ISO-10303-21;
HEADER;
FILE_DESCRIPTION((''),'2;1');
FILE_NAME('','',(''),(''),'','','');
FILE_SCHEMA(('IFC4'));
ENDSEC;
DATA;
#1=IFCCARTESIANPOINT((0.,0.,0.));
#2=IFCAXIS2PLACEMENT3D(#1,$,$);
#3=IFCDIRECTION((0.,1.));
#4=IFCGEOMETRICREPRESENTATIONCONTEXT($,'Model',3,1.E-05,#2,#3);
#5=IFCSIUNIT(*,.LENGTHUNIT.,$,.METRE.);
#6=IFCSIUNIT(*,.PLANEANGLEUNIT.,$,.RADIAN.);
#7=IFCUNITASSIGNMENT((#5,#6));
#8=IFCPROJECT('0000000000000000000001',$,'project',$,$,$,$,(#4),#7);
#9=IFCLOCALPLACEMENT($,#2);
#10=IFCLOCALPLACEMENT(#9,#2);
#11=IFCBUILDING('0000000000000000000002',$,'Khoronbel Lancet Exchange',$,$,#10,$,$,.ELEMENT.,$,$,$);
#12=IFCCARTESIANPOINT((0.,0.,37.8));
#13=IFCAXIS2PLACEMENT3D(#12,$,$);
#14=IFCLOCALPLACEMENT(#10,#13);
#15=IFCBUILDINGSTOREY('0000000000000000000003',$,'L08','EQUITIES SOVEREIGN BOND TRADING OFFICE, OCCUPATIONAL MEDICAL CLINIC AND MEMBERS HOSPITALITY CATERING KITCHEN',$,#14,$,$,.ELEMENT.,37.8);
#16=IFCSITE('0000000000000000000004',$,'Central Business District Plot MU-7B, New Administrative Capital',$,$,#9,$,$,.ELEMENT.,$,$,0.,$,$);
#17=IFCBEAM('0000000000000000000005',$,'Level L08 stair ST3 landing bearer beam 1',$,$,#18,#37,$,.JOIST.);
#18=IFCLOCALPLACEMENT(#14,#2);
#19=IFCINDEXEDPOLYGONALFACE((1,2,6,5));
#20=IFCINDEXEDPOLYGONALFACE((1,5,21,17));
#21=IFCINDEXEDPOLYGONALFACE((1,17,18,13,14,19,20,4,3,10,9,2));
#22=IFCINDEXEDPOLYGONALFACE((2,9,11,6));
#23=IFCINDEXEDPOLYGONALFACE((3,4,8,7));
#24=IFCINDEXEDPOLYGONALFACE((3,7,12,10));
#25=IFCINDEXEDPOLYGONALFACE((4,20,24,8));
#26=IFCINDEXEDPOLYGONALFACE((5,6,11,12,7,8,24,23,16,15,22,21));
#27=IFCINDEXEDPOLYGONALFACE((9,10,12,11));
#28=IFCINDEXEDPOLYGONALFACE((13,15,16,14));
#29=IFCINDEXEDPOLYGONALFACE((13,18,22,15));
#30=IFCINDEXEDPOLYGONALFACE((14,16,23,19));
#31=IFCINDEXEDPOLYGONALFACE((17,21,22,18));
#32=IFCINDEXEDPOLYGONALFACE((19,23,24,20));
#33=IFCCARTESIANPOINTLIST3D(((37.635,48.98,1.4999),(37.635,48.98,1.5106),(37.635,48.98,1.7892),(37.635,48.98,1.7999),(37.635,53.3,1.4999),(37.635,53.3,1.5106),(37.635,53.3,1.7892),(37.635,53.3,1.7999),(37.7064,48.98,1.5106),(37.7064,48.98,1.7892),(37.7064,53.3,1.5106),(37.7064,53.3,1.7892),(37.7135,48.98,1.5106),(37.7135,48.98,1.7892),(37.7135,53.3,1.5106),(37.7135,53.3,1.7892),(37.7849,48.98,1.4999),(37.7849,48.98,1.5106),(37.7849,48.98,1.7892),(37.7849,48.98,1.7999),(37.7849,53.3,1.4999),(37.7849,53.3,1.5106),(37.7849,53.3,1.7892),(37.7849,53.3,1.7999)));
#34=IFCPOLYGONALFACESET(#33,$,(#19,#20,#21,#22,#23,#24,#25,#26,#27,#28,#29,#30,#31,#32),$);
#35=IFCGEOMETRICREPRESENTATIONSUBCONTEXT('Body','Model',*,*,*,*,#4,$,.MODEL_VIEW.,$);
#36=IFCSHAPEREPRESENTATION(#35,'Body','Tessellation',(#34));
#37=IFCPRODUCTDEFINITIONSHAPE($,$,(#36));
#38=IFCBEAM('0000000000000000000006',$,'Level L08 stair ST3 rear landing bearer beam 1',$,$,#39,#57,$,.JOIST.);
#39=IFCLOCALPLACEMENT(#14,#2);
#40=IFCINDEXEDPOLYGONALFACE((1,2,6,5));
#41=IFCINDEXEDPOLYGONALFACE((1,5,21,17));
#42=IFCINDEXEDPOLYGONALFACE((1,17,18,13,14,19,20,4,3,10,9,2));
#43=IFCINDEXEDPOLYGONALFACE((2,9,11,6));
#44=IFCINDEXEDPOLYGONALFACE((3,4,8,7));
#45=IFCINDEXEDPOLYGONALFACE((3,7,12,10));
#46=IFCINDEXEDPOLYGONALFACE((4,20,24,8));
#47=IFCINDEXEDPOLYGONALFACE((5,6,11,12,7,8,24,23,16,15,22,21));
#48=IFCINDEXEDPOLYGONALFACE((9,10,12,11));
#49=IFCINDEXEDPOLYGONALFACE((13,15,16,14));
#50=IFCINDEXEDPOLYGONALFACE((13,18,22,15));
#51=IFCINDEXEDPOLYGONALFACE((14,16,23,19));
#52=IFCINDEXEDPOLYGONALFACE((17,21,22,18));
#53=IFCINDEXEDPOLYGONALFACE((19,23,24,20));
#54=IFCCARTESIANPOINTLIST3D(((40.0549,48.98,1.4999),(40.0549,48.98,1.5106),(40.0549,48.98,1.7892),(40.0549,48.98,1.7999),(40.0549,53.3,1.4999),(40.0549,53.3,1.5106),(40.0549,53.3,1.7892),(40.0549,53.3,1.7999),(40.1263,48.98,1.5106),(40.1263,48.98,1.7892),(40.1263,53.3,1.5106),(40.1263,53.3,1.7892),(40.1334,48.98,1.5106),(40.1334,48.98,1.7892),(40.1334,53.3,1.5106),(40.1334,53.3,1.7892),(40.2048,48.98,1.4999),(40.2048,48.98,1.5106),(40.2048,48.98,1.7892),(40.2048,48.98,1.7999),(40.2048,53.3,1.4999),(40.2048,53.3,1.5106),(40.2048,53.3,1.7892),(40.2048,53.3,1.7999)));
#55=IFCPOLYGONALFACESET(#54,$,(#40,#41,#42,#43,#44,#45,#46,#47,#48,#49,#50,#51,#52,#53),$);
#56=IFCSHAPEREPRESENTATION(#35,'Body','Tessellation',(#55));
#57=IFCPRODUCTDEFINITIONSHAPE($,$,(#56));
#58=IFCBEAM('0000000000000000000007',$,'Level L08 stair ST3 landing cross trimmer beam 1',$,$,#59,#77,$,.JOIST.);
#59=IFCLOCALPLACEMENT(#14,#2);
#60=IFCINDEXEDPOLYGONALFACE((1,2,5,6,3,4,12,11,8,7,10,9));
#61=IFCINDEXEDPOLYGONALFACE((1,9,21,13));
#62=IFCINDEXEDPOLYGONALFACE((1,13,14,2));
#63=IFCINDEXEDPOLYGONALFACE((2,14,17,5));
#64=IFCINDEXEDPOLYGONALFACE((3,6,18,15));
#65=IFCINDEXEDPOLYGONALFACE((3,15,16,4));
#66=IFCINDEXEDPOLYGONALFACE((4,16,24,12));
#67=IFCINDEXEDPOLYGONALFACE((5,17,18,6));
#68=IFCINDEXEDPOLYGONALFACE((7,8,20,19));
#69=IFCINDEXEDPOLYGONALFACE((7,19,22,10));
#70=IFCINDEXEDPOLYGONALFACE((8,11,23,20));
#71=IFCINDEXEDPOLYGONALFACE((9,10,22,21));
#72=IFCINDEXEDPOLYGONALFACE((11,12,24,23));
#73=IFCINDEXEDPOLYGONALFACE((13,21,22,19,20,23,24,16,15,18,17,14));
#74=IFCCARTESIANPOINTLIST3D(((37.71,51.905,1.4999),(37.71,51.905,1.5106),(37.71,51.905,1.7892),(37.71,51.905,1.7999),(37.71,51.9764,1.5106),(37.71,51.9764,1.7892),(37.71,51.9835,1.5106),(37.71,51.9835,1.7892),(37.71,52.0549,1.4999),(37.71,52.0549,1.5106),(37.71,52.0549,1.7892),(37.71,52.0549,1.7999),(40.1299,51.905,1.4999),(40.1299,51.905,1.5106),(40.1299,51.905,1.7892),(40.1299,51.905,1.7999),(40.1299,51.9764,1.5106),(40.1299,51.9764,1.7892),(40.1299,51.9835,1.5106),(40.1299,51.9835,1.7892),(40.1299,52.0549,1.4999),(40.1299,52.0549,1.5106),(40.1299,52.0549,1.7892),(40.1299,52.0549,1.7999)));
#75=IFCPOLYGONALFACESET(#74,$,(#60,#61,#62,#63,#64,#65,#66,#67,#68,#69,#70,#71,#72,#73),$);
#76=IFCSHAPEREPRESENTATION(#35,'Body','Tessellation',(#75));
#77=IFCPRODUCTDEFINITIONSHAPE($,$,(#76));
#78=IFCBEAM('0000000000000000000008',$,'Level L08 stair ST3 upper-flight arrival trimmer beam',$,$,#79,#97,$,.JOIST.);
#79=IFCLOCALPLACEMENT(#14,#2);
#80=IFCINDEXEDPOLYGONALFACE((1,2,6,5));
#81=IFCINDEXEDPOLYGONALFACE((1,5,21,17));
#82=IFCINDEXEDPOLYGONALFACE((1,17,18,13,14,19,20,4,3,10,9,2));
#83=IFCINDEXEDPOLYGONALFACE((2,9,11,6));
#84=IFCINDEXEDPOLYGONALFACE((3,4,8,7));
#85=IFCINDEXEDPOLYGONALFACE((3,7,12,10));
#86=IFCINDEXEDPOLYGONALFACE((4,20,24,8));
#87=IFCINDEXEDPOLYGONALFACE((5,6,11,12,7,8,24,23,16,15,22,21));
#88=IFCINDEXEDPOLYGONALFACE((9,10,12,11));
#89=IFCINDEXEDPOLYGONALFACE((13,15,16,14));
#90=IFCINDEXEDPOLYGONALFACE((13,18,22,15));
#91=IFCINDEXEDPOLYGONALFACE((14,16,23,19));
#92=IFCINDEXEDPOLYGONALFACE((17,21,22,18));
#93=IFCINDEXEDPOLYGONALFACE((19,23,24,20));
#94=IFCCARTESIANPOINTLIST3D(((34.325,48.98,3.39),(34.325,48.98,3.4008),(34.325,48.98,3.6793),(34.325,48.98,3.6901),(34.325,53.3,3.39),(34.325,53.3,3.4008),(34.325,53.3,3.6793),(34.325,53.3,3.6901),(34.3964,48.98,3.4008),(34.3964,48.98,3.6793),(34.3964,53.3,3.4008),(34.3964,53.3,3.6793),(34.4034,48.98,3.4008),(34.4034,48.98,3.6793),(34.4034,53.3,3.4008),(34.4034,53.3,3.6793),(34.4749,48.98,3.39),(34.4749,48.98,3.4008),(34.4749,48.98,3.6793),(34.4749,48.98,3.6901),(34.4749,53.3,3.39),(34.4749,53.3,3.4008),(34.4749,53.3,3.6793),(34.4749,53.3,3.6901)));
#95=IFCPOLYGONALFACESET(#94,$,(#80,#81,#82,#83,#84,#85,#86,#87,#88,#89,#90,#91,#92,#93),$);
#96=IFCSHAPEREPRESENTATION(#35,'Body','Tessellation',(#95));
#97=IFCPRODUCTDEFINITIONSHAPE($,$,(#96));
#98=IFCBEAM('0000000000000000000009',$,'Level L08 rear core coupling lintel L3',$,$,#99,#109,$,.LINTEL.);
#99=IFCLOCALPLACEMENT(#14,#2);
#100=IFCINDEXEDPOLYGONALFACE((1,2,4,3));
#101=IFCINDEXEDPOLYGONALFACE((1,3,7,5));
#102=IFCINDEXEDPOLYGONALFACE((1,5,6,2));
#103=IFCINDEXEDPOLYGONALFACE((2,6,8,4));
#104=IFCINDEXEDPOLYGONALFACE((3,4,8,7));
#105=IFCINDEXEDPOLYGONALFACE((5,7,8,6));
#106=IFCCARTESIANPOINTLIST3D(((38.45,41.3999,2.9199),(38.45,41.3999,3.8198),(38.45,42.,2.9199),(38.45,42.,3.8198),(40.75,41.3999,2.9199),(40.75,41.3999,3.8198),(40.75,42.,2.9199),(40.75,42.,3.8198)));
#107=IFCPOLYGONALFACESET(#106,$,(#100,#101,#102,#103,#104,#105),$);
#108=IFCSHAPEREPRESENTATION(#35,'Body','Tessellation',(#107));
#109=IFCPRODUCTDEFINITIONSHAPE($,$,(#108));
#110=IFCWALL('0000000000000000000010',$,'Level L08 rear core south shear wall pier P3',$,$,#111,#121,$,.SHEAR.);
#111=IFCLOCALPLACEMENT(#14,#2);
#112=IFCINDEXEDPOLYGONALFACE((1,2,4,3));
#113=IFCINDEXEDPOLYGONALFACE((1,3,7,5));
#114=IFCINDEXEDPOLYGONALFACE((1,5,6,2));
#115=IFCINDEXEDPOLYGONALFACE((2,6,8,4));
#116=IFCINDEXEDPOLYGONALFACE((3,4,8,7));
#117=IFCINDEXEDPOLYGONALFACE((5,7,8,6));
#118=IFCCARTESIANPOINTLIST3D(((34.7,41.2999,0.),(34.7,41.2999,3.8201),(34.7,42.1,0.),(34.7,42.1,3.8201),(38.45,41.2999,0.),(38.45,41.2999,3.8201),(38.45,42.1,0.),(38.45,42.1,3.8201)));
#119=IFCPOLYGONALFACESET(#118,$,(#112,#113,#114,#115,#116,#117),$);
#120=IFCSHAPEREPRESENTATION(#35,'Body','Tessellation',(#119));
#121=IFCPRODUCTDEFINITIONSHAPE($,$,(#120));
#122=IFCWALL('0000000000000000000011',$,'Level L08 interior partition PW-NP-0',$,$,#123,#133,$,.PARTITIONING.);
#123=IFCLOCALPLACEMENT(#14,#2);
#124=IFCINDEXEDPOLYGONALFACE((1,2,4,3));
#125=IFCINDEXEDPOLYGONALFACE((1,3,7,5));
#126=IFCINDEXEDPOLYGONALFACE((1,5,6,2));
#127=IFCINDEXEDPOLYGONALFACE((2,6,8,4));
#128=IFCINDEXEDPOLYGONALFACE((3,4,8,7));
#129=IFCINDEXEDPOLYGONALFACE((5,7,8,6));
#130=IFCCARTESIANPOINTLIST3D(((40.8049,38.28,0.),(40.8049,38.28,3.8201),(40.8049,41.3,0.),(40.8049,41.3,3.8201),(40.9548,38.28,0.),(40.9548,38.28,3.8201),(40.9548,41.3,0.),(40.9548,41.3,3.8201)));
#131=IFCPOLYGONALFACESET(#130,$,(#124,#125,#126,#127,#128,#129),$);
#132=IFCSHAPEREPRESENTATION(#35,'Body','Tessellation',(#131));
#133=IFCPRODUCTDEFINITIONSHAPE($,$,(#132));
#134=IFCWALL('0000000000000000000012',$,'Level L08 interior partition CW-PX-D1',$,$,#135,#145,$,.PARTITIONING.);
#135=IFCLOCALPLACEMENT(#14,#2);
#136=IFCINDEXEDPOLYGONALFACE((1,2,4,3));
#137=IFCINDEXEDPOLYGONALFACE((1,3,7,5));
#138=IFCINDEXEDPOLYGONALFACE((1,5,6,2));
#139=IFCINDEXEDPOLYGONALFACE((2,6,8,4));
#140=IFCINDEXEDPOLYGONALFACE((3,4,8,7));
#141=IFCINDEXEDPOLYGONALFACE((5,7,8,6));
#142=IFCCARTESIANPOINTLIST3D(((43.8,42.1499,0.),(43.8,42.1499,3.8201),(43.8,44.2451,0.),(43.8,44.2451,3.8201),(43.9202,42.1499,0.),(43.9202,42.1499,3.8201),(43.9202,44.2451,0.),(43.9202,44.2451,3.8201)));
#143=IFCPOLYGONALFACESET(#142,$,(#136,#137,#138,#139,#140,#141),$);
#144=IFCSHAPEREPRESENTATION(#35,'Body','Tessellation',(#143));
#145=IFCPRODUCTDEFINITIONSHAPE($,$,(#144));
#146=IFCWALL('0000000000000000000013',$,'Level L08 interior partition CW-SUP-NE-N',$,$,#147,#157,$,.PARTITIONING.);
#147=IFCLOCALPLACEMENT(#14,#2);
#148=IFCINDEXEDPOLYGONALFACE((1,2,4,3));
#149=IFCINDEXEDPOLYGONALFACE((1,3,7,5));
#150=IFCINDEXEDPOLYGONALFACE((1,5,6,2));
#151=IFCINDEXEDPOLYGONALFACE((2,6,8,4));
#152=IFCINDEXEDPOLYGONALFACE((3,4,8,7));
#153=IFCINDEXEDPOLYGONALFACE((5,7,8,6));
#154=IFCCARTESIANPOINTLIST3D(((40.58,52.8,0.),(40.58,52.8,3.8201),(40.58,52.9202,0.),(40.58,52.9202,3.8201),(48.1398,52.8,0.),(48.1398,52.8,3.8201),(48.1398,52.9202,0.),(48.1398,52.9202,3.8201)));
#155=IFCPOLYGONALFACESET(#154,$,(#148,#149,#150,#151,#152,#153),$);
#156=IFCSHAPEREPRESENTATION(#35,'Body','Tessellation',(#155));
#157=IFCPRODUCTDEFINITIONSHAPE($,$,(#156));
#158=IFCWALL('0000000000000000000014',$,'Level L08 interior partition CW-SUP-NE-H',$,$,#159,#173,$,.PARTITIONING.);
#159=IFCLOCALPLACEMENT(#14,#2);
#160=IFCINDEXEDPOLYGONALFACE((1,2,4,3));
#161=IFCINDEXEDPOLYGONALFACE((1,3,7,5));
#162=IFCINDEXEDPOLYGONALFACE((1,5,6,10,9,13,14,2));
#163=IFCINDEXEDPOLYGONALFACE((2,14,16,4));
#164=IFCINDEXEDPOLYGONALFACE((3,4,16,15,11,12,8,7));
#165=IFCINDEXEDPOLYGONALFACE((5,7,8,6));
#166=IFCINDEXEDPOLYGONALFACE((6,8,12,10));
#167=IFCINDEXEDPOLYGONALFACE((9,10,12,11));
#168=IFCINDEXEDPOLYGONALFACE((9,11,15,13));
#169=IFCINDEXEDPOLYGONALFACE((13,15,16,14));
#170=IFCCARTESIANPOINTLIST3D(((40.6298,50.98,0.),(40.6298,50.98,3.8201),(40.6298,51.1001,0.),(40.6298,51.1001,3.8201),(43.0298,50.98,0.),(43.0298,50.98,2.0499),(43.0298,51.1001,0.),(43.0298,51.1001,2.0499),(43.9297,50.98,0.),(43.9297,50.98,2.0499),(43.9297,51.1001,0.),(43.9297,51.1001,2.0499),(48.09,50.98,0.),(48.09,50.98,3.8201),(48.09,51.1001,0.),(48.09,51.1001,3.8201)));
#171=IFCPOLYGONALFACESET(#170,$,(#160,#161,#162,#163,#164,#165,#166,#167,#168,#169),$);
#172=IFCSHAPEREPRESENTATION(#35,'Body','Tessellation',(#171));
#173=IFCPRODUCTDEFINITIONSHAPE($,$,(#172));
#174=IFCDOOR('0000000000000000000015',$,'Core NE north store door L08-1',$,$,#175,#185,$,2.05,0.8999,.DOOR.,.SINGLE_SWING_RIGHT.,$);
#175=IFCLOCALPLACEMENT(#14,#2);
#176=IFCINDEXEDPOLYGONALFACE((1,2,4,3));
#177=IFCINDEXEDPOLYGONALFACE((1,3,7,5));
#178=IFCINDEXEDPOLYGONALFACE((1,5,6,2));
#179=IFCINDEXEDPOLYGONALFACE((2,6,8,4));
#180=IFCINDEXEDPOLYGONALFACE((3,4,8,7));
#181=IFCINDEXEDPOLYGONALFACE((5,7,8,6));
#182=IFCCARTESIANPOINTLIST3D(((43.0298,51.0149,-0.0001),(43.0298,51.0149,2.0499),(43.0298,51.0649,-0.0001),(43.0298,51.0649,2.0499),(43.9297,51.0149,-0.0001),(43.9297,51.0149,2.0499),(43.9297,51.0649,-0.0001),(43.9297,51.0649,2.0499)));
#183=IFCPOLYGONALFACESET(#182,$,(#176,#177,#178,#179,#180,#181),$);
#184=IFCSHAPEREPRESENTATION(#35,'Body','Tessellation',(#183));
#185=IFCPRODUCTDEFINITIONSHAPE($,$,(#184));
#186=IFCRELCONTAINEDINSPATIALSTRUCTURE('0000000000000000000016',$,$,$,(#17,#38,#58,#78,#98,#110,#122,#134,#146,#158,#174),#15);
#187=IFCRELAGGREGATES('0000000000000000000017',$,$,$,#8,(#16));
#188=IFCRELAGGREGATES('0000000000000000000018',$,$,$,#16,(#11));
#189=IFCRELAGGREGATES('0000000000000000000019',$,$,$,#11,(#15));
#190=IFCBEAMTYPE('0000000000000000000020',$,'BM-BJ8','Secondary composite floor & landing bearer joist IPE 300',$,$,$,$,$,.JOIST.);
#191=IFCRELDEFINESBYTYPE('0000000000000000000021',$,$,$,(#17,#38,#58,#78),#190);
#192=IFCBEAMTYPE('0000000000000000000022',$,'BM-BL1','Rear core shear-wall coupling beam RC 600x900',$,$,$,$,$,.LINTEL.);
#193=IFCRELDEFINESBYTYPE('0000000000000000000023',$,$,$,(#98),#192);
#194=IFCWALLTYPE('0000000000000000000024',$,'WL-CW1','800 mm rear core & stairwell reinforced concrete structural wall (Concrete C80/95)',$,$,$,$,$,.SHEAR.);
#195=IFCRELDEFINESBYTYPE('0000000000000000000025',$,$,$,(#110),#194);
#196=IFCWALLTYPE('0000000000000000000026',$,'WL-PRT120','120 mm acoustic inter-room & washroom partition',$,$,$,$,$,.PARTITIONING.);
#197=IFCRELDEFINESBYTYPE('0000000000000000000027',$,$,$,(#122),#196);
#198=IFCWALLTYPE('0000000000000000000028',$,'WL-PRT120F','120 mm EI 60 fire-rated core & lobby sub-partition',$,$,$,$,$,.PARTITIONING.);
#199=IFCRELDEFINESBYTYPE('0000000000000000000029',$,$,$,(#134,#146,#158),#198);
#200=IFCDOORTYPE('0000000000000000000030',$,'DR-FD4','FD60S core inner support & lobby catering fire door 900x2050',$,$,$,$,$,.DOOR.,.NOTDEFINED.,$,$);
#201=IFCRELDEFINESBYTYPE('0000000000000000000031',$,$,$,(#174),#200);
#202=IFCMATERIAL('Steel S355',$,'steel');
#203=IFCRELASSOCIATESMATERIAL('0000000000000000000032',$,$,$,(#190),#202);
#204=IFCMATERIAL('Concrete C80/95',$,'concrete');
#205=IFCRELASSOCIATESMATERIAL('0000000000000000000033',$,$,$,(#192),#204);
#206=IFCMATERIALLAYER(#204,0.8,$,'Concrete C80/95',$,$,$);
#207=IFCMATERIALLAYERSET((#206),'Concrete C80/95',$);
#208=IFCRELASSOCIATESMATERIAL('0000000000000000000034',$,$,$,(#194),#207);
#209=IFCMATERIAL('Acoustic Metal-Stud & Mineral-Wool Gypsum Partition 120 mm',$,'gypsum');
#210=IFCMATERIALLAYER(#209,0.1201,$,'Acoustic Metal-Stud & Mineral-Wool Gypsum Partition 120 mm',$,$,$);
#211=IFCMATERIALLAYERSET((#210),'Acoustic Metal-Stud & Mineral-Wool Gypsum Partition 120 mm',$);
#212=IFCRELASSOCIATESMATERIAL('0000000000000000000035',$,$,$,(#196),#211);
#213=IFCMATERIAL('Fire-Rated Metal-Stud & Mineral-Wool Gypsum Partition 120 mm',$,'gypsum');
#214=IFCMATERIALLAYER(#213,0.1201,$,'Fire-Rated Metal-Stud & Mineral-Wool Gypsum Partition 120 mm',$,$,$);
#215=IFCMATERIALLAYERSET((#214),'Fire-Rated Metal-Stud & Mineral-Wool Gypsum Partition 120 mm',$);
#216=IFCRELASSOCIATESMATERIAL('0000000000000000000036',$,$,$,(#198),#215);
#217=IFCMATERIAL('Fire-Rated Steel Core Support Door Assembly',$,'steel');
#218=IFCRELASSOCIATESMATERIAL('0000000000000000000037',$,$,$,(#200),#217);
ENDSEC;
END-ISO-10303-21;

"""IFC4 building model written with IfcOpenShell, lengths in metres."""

from ifc_helpers import new_model, si_unit, direction, frame, frame_2d, origin, origin_2d, place, context, subcontext, project, spatial, rectangle, i_section, extrude, material, layer, layer_set, material_profile, profile_set, type_object, element, fill, save


model = new_model("IFC4")

# Units and contexts
model_context = context("Model", 3, precision=1e-05, world=origin(), true_north=direction((0.0, 1.0)))
body_context = subcontext(model_context, "Body", "Model", "MODEL_VIEW")
ifc_project = project(units=[si_unit("LENGTHUNIT", "METRE"), si_unit("PLANEANGLEUNIT", "RADIAN")], contexts=[model_context])

# Site, building, storey
site_placement = place(None, origin())
site = spatial("IfcSite", under=ifc_project, at=site_placement, Name="Central Business District Plot MU-7B, New Administrative Capital", CompositionType="ELEMENT", RefElevation=0.0)
building_placement = place(site_placement, origin())
building = spatial("IfcBuilding", under=site, at=building_placement, Name="Khoronbel Lancet Exchange", CompositionType="ELEMENT")
storey_placement = place(building_placement, frame((0.0, 0.0, 37.8)))
storey = spatial("IfcBuildingStorey", under=building, at=storey_placement, Name="L08", Description="EQUITIES SOVEREIGN BOND TRADING OFFICE, OCCUPATIONAL MEDICAL CLINIC AND MEMBERS HOSPITALITY CATERING KITCHEN", CompositionType="ELEMENT", Elevation=37.8)

# Beams
ifc_material_1 = material(Name="Steel S355", Category="steel")
ifc_material_profile_1 = material_profile(ifc_material_1, i_section(OverallWidth=0.1499, OverallDepth=0.3, WebThickness=0.0071, FlangeThickness=0.0107, at=origin_2d()), Name="IPE 300")
ifc_profile_set_1 = profile_set([ifc_material_profile_1], Name="Steel S355")
beam_type_1 = type_object("IfcBeamType", Name="BM-BJ8", Description="Secondary composite floor & landing bearer joist IPE 300", PredefinedType="JOIST", material=ifc_profile_set_1)
for number, where, z_axis, x_axis, name in (
    (1, (37.71, 48.98, 1.6499), (0.0, 1.0, 0.0), (-1.0, 0.0, 0.0), "Level L08 stair ST3 landing bearer beam 1"),
    (2, (40.1299, 48.98, 1.6499), (0.0, 1.0, 0.0), (-1.0, 0.0, 0.0), "Level L08 stair ST3 rear landing bearer beam 1"),
):
    element("IfcBeam", number, at=place(storey_placement, frame(where, z_axis=z_axis, x_axis=x_axis)), inside=storey, type_object=beam_type_1, Name=name, PredefinedType="JOIST", context=body_context, shape_type="SweptSolid", body=[
        extrude(i_section(OverallWidth=0.1499, OverallDepth=0.3, WebThickness=0.0071, FlangeThickness=0.0107, at=origin_2d()), origin(), (0.0, 0.0, 1.0), 4.3201),
    ])
beam_1_placement = place(storey_placement, frame((37.71, 51.98, 1.6499), z_axis=(1.0, 0.0, 0.0), x_axis=(0.0, 1.0, 0.0)))
element("IfcBeam", 3, at=beam_1_placement, inside=storey, type_object=beam_type_1, Name="Level L08 stair ST3 landing cross trimmer beam 1", PredefinedType="JOIST", context=body_context, shape_type="SweptSolid", body=[
    extrude(i_section(OverallWidth=0.1499, OverallDepth=0.3, WebThickness=0.0071, FlangeThickness=0.0107, at=origin_2d()), origin(), (0.0, 0.0, 1.0), 2.4199),
])
beam_2_placement = place(storey_placement, frame((34.3999, 48.98, 3.54), z_axis=(0.0, 1.0, 0.0), x_axis=(-1.0, 0.0, 0.0)))
element("IfcBeam", 4, at=beam_2_placement, inside=storey, type_object=beam_type_1, Name="Level L08 stair ST3 upper-flight arrival trimmer beam", PredefinedType="JOIST", context=body_context, shape_type="SweptSolid", body=[
    extrude(i_section(OverallWidth=0.1499, OverallDepth=0.3, WebThickness=0.0071, FlangeThickness=0.0107, at=origin_2d()), origin(), (0.0, 0.0, 1.0), 4.3201),
])
ifc_material_2 = material(Name="Concrete C80/95", Category="concrete")
ifc_material_profile_2 = material_profile(ifc_material_2, rectangle(XDim=0.6001, YDim=0.8999, at=origin_2d()), Name="RC 600x900")
ifc_profile_set_2 = profile_set([ifc_material_profile_2], Name="Concrete C80/95")
beam_type_2 = type_object("IfcBeamType", Name="BM-BL1", Description="Rear core shear-wall coupling beam RC 600x900", PredefinedType="LINTEL", material=ifc_profile_set_2)
beam_3_placement = place(storey_placement, frame((38.45, 41.7, 3.3699), z_axis=(1.0, 0.0, 0.0), x_axis=(0.0, 1.0, 0.0)))
element("IfcBeam", 5, at=beam_3_placement, inside=storey, type_object=beam_type_2, Name="Level L08 rear core coupling lintel L3", PredefinedType="LINTEL", context=body_context, shape_type="SweptSolid", body=[
    extrude(rectangle(XDim=0.6001, YDim=0.8999, at=origin_2d()), origin(), (0.0, 0.0, 1.0), 2.3),
])

# Walls
ifc_layer_1 = layer(ifc_material_2, 0.8, Name="Concrete C80/95")
ifc_layer_set_1 = layer_set([ifc_layer_1], Name="Concrete C80/95")
wall_type_1 = type_object("IfcWallType", Name="WL-CW1", Description="800 mm rear core & stairwell reinforced concrete structural wall (Concrete C80/95)", PredefinedType="SHEAR", material=ifc_layer_set_1)
wall_1_placement = place(storey_placement, frame((38.45, 41.7, 0.0), z_axis=(0.0, 0.0, 1.0), x_axis=(-1.0, 0.0, 0.0)))
element("IfcWall", 6, at=wall_1_placement, inside=storey, type_object=wall_type_1, Name="Level L08 rear core south shear wall pier P3", PredefinedType="SHEAR", context=body_context, shape_type="SweptSolid", body=[
    extrude(rectangle(XDim=3.75, YDim=0.8, at=frame_2d((1.875, 0.0))), origin(), (0.0, 0.0, 1.0), 3.8201),
])
ifc_material_3 = material(Name="Acoustic Metal-Stud & Mineral-Wool Gypsum Partition 120 mm", Category="gypsum")
ifc_layer_2 = layer(ifc_material_3, 0.1201, Name="Acoustic Metal-Stud & Mineral-Wool Gypsum Partition 120 mm")
ifc_layer_set_2 = layer_set([ifc_layer_2], Name="Acoustic Metal-Stud & Mineral-Wool Gypsum Partition 120 mm")
wall_type_2 = type_object("IfcWallType", Name="WL-PRT120", Description="120 mm acoustic inter-room & washroom partition", PredefinedType="PARTITIONING", material=ifc_layer_set_2)
wall_2_placement = place(storey_placement, frame((40.8799, 38.28, 0.0), z_axis=(0.0, 0.0, 1.0), x_axis=(0.0, 1.0, 0.0)))
element("IfcWall", 7, at=wall_2_placement, inside=storey, type_object=wall_type_2, Name="Level L08 interior partition PW-NP-0", PredefinedType="PARTITIONING", context=body_context, shape_type="SweptSolid", body=[
    extrude(rectangle(XDim=3.02, YDim=0.1499, at=frame_2d((1.51, 0.0))), origin(), (0.0, 0.0, 1.0), 3.8201),
])
ifc_material_4 = material(Name="Fire-Rated Metal-Stud & Mineral-Wool Gypsum Partition 120 mm", Category="gypsum")
ifc_layer_3 = layer(ifc_material_4, 0.1201, Name="Fire-Rated Metal-Stud & Mineral-Wool Gypsum Partition 120 mm")
ifc_layer_set_3 = layer_set([ifc_layer_3], Name="Fire-Rated Metal-Stud & Mineral-Wool Gypsum Partition 120 mm")
wall_type_3 = type_object("IfcWallType", Name="WL-PRT120F", Description="120 mm EI 60 fire-rated core & lobby sub-partition", PredefinedType="PARTITIONING", material=ifc_layer_set_3)
wall_3_placement = place(storey_placement, frame((43.8601, 42.1499, 0.0), z_axis=(0.0, 0.0, 1.0), x_axis=(0.0, 1.0, 0.0)))
element("IfcWall", 8, at=wall_3_placement, inside=storey, type_object=wall_type_3, Name="Level L08 interior partition CW-PX-D1", PredefinedType="PARTITIONING", context=body_context, shape_type="SweptSolid", body=[
    extrude(rectangle(XDim=2.0952, YDim=0.1201, at=frame_2d((1.0476, 0.0))), origin(), (0.0, 0.0, 1.0), 3.8201),
])
wall_4_placement = place(storey_placement, frame((40.5801, 52.8601, 0.0), z_axis=(0.0, 0.0, 1.0), x_axis=(1.0, 0.0, 0.0)))
element("IfcWall", 9, at=wall_4_placement, inside=storey, type_object=wall_type_3, Name="Level L08 interior partition CW-SUP-NE-N", PredefinedType="PARTITIONING", context=body_context, shape_type="SweptSolid", body=[
    extrude(rectangle(XDim=7.5598, YDim=0.1201, at=frame_2d((3.7798, 0.0))), origin(), (0.0, 0.0, 1.0), 3.8201),
])

# Wall, opening, door
wall_5_placement = place(storey_placement, frame((40.6299, 51.04, 0.0), z_axis=(0.0, 0.0, 1.0), x_axis=(1.0, 0.0, 0.0)))
wall_5 = element("IfcWall", 10, at=wall_5_placement, inside=storey, type_object=wall_type_3, Name="Level L08 interior partition CW-SUP-NE-H", PredefinedType="PARTITIONING", context=body_context, shape_type="SweptSolid", body=[
    extrude(rectangle(XDim=7.4602, YDim=0.1201, at=frame_2d((3.73, 0.0))), origin(), (0.0, 0.0, 1.0), 3.8201),
])
opening_1_placement = place(wall_5_placement, frame((2.3999, 0.0, 0.0)))
opening_1 = element("IfcOpeningElement", 11, at=opening_1_placement, cuts=wall_5, PredefinedType="OPENING", context=body_context, shape_type="SweptSolid", body=[
    extrude(rectangle(XDim=0.8999, YDim=2.05, at=frame_2d((0.45, 1.0249))), frame((0.0, 0.0701, 0.0), z_axis=(0.0, -1.0, 0.0), x_axis=(1.0, 0.0, 0.0)), (0.0, 0.0, 1.0), 0.1401),
])
ifc_material_5 = material(Name="Fire-Rated Steel Core Support Door Assembly", Category="steel")
door_type_1 = type_object("IfcDoorType", Name="DR-FD4", Description="FD60S core inner support & lobby catering fire door 900x2050", OperationType="NOTDEFINED", PredefinedType="DOOR", material=ifc_material_5)
door_1_placement = place(opening_1_placement, origin())
door_1 = element("IfcDoor", 12, at=door_1_placement, inside=storey, type_object=door_type_1, Name="Core NE north store door L08-1", OperationType="SINGLE_SWING_RIGHT", OverallHeight=2.05, OverallWidth=0.8999, PredefinedType="DOOR", context=body_context, shape_type="SweptSolid", body=[
    extrude(rectangle(XDim=0.8999, YDim=2.05, at=frame_2d((0.45, 1.0249))), frame((0.0, 0.0249, 0.0), z_axis=(0.0, -1.0, 0.0), x_axis=(1.0, 0.0, 0.0)), (0.0, 0.0, 1.0), 0.05),
])
fill(opening_1, door_1)

save(model, "model.ifc")
